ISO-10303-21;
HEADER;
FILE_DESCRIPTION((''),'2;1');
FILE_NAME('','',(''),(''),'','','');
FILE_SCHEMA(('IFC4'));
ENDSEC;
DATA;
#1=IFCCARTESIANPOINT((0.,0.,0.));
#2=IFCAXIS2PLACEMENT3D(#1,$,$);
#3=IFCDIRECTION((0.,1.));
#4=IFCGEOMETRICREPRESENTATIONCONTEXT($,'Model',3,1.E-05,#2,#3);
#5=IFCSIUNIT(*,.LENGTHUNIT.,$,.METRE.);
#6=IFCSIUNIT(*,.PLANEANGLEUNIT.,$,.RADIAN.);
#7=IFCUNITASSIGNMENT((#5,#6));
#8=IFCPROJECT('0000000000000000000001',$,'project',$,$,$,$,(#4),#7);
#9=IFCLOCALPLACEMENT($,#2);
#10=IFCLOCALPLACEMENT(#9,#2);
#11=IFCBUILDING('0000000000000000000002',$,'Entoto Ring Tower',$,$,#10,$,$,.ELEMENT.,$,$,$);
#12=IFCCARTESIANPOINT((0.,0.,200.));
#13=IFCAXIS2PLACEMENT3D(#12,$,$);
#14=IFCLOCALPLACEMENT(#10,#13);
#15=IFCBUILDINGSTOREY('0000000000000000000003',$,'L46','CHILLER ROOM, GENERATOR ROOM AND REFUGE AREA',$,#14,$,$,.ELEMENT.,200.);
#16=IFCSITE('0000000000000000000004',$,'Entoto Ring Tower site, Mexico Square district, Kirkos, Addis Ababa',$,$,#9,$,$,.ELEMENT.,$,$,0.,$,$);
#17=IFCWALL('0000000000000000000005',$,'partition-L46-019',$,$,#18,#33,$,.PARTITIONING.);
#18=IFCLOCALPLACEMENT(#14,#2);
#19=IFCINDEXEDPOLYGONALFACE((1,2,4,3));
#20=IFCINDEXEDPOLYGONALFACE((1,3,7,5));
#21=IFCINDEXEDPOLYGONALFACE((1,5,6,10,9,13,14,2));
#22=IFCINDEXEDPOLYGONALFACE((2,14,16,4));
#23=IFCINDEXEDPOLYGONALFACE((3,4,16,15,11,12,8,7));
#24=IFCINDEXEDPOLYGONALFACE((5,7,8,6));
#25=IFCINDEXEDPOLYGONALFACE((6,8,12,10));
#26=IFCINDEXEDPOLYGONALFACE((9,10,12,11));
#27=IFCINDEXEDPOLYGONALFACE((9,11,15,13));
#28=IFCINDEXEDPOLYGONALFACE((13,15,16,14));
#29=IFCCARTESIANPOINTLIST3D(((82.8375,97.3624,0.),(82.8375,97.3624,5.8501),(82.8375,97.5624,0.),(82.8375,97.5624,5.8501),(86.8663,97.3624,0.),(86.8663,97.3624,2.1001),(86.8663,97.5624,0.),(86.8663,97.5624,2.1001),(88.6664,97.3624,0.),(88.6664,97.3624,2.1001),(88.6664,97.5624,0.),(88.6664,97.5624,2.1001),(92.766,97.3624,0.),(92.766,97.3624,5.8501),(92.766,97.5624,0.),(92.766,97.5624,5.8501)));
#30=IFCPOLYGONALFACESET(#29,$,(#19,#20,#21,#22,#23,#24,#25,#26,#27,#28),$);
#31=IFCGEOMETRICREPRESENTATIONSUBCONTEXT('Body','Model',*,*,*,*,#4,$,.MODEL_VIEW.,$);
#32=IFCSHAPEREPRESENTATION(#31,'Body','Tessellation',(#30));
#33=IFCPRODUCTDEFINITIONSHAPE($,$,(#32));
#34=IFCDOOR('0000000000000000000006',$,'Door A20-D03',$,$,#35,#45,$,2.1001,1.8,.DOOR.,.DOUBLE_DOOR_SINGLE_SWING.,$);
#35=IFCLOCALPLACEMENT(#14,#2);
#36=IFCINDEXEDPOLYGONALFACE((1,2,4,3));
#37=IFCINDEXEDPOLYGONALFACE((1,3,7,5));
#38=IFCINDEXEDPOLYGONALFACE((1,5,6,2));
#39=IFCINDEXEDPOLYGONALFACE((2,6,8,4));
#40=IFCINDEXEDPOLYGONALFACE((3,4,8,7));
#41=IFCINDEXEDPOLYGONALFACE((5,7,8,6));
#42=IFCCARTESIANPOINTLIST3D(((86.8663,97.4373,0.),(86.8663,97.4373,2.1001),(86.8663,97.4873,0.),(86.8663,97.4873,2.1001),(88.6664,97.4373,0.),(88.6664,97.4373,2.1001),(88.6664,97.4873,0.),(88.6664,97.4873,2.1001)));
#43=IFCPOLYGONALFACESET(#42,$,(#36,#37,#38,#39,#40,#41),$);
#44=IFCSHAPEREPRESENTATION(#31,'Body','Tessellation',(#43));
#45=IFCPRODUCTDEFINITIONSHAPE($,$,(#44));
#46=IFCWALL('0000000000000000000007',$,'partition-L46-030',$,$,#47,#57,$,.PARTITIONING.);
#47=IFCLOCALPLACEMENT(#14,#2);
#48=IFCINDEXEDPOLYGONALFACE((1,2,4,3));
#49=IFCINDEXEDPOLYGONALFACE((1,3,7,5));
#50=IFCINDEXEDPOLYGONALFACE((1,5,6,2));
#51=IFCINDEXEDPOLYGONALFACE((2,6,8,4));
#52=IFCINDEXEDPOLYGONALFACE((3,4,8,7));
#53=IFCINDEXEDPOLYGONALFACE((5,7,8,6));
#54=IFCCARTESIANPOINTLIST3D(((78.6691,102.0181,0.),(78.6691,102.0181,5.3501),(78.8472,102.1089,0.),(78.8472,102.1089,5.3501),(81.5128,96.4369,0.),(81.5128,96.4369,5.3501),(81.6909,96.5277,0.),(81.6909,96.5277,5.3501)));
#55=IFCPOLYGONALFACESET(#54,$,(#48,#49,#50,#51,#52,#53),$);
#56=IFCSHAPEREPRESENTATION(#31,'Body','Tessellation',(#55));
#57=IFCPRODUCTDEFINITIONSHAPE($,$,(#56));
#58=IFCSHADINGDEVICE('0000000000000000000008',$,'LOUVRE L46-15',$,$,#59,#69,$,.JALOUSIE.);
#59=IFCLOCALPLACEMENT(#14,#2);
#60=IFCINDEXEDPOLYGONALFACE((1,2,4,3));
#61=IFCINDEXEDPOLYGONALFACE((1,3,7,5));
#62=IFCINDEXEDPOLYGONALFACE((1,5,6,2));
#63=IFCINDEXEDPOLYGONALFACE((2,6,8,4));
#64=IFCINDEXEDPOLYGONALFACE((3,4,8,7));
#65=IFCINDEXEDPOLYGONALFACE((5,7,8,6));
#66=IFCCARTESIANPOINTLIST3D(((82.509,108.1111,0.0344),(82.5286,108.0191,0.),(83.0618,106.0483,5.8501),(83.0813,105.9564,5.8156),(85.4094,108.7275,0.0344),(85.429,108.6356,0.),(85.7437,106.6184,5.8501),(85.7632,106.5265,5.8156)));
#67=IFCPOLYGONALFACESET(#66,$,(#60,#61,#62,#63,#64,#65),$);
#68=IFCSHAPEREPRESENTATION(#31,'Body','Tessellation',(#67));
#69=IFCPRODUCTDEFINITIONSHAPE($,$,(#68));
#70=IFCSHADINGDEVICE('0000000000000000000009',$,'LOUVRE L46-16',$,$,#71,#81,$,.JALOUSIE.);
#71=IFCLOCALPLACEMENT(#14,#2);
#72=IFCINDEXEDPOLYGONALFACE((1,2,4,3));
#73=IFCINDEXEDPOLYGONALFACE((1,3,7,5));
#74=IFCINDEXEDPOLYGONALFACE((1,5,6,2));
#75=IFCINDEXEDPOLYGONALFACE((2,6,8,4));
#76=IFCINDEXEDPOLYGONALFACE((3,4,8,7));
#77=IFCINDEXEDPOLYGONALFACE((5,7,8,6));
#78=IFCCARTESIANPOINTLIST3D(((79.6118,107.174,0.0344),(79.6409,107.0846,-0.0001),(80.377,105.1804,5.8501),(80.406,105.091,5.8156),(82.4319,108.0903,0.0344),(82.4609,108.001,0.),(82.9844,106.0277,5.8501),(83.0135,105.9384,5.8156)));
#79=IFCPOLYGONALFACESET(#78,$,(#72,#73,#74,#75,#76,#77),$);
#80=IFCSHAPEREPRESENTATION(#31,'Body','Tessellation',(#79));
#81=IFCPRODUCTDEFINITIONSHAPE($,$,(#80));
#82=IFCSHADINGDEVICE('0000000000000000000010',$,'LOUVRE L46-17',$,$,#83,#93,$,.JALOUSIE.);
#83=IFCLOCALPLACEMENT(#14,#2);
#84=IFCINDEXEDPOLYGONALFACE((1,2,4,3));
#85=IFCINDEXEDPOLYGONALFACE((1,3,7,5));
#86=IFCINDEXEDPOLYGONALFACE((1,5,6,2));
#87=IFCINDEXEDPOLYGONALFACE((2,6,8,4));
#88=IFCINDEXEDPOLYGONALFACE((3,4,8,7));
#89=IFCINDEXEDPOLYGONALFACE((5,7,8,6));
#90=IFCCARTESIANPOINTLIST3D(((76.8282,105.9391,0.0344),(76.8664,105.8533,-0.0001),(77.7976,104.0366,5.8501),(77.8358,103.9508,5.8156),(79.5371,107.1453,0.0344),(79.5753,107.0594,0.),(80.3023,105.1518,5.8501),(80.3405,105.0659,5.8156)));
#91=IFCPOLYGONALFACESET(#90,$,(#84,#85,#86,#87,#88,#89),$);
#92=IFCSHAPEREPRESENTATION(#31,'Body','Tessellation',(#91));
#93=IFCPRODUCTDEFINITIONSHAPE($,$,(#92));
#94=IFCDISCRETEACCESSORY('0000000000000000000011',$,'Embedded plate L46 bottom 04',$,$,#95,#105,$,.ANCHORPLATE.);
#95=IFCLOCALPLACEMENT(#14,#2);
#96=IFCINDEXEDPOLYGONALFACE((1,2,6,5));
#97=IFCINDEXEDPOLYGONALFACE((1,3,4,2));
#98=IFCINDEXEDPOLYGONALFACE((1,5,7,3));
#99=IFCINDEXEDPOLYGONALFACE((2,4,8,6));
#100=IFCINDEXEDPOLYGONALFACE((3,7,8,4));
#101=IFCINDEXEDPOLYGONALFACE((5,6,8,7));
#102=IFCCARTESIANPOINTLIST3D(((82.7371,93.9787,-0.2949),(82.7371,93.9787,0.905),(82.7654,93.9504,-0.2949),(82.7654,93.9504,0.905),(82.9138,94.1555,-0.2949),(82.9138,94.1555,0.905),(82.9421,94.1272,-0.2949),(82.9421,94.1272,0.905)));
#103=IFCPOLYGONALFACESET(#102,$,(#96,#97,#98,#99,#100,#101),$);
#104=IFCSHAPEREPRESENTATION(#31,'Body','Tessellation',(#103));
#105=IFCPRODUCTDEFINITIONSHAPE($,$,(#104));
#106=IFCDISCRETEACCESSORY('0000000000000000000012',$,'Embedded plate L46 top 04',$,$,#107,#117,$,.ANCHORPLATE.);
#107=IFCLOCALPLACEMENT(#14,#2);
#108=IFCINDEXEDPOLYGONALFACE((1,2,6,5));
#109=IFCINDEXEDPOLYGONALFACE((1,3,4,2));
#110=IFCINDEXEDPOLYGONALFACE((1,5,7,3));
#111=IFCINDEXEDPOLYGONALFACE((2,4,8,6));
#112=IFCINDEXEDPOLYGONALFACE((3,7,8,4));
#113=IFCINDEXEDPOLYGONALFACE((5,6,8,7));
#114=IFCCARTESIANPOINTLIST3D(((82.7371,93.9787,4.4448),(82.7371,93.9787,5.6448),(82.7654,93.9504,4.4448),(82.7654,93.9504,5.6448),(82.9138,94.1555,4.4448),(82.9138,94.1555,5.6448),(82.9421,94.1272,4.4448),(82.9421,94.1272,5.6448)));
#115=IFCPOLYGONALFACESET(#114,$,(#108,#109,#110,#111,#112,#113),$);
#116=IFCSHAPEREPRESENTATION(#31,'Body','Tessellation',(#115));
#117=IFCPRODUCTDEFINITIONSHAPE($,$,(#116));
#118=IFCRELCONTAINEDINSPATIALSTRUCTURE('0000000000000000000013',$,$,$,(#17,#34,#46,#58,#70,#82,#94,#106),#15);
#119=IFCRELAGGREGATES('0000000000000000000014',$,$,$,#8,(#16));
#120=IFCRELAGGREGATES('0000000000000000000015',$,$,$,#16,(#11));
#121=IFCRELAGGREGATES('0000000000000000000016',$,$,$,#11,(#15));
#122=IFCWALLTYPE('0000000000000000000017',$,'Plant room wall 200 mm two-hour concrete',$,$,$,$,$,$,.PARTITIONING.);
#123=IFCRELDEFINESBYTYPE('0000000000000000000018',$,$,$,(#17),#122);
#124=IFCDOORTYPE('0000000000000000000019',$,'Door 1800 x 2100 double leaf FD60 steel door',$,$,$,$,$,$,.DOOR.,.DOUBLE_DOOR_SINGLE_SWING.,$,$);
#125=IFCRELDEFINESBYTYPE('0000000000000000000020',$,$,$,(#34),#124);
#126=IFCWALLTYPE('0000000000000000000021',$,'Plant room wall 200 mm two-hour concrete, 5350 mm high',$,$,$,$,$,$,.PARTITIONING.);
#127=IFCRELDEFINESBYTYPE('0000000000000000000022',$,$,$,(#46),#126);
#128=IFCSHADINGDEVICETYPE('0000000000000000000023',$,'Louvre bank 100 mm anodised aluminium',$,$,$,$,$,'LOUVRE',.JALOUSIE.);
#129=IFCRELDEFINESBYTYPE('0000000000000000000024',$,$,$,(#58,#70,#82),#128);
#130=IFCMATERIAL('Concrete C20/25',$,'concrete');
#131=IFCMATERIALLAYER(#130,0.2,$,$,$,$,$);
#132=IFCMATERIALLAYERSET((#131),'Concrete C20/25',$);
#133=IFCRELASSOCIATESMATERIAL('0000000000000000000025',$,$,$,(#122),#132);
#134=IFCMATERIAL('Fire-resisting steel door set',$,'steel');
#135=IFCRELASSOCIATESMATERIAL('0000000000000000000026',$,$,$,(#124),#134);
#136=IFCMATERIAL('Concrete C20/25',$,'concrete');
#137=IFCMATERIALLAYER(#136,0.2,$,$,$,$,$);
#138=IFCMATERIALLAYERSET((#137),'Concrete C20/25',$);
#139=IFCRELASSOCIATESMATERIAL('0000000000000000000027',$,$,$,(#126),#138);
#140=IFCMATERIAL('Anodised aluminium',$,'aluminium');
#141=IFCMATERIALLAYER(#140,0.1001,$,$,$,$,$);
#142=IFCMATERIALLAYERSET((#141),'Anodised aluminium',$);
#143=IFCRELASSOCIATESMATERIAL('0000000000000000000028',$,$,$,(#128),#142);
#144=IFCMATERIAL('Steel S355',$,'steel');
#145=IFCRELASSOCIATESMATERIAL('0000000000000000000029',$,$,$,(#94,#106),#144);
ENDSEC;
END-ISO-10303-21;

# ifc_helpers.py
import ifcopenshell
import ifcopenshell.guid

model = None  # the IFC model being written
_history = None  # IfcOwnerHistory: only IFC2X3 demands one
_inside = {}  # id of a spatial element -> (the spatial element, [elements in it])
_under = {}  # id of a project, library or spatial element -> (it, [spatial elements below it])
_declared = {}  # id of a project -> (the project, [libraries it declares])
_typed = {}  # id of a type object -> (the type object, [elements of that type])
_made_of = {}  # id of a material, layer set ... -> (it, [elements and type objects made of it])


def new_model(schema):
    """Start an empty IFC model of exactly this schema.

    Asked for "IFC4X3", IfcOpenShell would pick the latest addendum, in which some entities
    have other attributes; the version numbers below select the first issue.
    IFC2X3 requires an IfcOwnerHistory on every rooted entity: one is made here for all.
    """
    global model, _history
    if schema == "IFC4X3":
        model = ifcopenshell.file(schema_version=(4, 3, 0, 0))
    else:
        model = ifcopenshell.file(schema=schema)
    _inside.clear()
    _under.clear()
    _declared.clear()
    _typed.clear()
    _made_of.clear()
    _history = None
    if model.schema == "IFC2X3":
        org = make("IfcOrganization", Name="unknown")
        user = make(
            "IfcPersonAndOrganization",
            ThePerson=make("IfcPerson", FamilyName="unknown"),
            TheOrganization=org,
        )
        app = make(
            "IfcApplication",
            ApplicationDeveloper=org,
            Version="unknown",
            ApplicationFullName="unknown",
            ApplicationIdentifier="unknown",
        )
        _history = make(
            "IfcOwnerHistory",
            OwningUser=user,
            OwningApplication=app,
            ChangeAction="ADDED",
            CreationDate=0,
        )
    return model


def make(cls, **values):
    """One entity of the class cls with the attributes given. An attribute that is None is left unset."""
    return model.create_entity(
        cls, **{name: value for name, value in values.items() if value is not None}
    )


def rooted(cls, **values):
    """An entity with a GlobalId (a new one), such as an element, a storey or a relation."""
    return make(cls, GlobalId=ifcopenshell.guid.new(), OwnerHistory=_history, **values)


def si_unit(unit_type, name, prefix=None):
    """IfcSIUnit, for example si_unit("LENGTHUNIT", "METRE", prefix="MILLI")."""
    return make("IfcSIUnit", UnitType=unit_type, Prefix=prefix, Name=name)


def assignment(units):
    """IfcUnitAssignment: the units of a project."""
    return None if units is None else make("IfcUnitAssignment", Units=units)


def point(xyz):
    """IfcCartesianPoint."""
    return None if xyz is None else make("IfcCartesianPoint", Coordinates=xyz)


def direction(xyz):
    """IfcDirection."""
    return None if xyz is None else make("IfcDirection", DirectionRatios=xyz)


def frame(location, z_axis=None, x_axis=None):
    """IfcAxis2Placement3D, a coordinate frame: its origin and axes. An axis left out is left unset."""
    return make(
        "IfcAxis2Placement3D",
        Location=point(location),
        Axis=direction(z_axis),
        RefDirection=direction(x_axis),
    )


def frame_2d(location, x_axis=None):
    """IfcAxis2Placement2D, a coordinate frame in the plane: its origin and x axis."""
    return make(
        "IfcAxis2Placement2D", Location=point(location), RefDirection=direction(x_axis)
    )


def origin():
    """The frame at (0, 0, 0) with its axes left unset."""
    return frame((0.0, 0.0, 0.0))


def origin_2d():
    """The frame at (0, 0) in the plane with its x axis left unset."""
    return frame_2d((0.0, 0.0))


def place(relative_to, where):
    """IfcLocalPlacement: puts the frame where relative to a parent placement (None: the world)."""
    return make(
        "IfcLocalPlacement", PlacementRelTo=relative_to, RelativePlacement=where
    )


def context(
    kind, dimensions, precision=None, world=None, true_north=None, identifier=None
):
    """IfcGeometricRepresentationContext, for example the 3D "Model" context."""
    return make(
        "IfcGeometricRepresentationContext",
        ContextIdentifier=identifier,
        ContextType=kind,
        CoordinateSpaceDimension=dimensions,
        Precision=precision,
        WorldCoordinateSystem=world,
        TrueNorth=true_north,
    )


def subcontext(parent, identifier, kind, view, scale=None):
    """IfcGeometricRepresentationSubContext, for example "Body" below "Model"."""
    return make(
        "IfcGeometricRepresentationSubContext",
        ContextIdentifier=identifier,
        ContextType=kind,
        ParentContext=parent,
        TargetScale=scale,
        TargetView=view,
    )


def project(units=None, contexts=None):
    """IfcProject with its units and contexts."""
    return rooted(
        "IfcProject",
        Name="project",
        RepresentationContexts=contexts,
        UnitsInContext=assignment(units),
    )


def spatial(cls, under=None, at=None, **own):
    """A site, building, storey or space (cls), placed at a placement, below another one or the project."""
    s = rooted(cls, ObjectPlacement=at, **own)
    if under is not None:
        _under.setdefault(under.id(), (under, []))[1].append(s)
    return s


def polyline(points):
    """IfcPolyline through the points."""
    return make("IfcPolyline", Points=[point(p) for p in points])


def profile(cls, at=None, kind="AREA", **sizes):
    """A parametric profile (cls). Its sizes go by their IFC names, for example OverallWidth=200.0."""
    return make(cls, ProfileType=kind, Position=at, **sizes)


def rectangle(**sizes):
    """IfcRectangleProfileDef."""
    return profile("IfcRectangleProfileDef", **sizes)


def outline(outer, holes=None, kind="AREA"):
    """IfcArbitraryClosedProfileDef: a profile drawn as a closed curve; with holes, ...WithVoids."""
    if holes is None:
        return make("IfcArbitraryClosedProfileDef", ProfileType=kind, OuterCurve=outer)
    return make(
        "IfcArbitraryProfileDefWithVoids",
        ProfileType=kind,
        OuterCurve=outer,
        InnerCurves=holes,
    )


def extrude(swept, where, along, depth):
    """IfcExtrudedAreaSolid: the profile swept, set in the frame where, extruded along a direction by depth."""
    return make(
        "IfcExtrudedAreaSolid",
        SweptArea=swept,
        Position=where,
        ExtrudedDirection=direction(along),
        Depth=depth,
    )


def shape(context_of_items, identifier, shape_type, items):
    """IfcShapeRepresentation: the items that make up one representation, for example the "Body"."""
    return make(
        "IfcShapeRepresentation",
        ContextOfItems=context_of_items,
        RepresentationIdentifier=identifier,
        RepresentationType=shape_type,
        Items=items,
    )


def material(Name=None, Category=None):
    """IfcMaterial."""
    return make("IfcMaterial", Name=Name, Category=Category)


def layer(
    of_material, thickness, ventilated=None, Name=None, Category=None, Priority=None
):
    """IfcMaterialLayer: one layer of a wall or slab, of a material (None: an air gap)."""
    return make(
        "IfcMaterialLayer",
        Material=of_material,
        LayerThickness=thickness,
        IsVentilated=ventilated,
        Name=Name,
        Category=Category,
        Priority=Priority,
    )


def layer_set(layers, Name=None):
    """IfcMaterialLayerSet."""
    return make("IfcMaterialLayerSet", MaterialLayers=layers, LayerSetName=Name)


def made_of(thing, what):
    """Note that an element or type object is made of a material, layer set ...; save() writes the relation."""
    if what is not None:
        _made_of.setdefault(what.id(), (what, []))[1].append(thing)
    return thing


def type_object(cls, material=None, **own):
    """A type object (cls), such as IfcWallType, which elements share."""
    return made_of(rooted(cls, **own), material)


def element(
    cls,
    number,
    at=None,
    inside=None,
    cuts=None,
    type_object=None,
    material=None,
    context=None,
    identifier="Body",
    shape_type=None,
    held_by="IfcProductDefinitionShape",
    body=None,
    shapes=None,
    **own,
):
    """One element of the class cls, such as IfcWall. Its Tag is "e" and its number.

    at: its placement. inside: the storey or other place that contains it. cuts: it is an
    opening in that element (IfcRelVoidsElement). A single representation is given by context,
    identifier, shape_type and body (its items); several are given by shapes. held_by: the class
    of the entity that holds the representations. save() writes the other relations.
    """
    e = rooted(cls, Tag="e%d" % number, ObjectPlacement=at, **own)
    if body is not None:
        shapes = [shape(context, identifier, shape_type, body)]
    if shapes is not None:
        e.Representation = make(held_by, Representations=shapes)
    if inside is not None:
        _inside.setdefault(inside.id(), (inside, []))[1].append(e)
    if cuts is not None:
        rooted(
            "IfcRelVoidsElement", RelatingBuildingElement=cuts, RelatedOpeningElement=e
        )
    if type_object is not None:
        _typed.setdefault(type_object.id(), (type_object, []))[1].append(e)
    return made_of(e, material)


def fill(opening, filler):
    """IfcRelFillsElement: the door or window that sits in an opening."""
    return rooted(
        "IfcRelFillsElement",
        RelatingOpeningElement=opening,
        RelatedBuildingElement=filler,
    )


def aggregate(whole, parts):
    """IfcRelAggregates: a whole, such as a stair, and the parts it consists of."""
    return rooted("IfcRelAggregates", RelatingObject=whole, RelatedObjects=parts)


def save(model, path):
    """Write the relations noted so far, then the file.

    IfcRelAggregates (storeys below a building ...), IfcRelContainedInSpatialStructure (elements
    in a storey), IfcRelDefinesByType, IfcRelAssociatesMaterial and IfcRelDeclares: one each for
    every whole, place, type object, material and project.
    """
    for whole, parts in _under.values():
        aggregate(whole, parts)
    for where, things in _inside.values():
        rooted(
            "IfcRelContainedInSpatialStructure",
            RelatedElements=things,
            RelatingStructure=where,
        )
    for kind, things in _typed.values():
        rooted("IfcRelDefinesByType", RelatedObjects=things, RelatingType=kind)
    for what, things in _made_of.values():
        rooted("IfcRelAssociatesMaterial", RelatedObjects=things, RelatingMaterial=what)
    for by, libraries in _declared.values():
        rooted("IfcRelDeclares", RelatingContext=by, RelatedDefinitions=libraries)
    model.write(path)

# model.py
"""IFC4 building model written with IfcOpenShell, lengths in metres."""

from ifc_helpers import new_model, si_unit, direction, frame, frame_2d, origin, origin_2d, place, context, subcontext, project, spatial, polyline, rectangle, outline, extrude, material, layer, layer_set, type_object, element, fill, save


model = new_model("IFC4")

# Units and contexts
model_context = context("Model", 3, precision=1e-05, world=origin(), true_north=direction((0.0, 1.0)))
body_context = subcontext(model_context, "Body", "Model", "MODEL_VIEW")
ifc_project = project(units=[si_unit("LENGTHUNIT", "METRE"), si_unit("PLANEANGLEUNIT", "RADIAN")], contexts=[model_context])

# Site, building, storey
site_placement = place(None, origin())
site = spatial("IfcSite", under=ifc_project, at=site_placement, Name="Entoto Ring Tower site, Mexico Square district, Kirkos, Addis Ababa", CompositionType="ELEMENT", RefElevation=0.0)
building_placement = place(site_placement, origin())
building = spatial("IfcBuilding", under=site, at=building_placement, Name="Entoto Ring Tower", CompositionType="ELEMENT")
storey_placement = place(building_placement, frame((0.0, 0.0, 200.0)))
storey = spatial("IfcBuildingStorey", under=building, at=storey_placement, Name="L46", Description="CHILLER ROOM, GENERATOR ROOM AND REFUGE AREA", CompositionType="ELEMENT", Elevation=200.0)

# Shared definitions
ifc_material_1 = material(Name="Concrete C20/25", Category="concrete")
ifc_layer_1 = layer(ifc_material_1, 0.2)
ifc_layer_set_1 = layer_set([ifc_layer_1], Name="Concrete C20/25")
wall_type_1 = type_object("IfcWallType", Name="Plant room wall 200 mm two-hour concrete", PredefinedType="PARTITIONING", material=ifc_layer_set_1)

# Wall, opening, door
wall_1_placement = place(storey_placement, frame((82.8374, 97.4624, 0.0), z_axis=(0.0, 0.0, 1.0), x_axis=(1.0, 0.0, 0.0)))
wall_1 = element("IfcWall", 1, at=wall_1_placement, inside=storey, type_object=wall_type_1, Name="partition-L46-019", PredefinedType="PARTITIONING", context=body_context, shape_type="SweptSolid", body=[
    extrude(rectangle(XDim=9.9285, YDim=0.2, at=frame_2d((4.9644, 0.0))), origin(), (0.0, 0.0, 1.0), 5.8501),
])
opening_placement = place(wall_1_placement, frame((4.0291, 0.0, 0.0)))
opening = element("IfcOpeningElement", 2, at=opening_placement, cuts=wall_1, PredefinedType="OPENING", context=body_context, shape_type="SweptSolid", body=[
    extrude(rectangle(XDim=1.8, YDim=2.1001, at=frame_2d((0.8999, 1.05))), frame((0.0, 0.1099, 0.0), z_axis=(0.0, -1.0, 0.0), x_axis=(1.0, 0.0, 0.0)), (0.0, 0.0, 1.0), 0.22),
])
ifc_material_2 = material(Name="Fire-resisting steel door set", Category="steel")
door_type = type_object("IfcDoorType", Name="Door 1800 x 2100 double leaf FD60 steel door", OperationType="DOUBLE_DOOR_SINGLE_SWING", PredefinedType="DOOR", material=ifc_material_2)
door_placement = place(opening_placement, origin())
door = element("IfcDoor", 3, at=door_placement, inside=storey, type_object=door_type, Name="Door A20-D03", OperationType="DOUBLE_DOOR_SINGLE_SWING", OverallHeight=2.1001, OverallWidth=1.8, PredefinedType="DOOR", context=body_context, shape_type="SweptSolid", body=[
    extrude(rectangle(XDim=1.8, YDim=2.1001, at=frame_2d((0.8999, 1.05))), frame((0.0, 0.0249, 0.0), z_axis=(0.0, -1.0, 0.0), x_axis=(1.0, 0.0, 0.0)), (0.0, 0.0, 1.0), 0.05),
])
fill(opening, door)

# Wall
ifc_material_3 = material(Name="Concrete C20/25", Category="concrete")
ifc_layer_2 = layer(ifc_material_3, 0.2)
ifc_layer_set_2 = layer_set([ifc_layer_2], Name="Concrete C20/25")
wall_type_2 = type_object("IfcWallType", Name="Plant room wall 200 mm two-hour concrete, 5350 mm high", PredefinedType="PARTITIONING", material=ifc_layer_set_2)
wall_2_placement = place(storey_placement, frame((81.6018, 96.4824, 0.0), z_axis=(0.0, 0.0, 1.0), x_axis=(-0.453982, 0.891011, 0.0)))
element("IfcWall", 4, at=wall_2_placement, inside=storey, type_object=wall_type_2, Name="partition-L46-030", PredefinedType="PARTITIONING", context=body_context, shape_type="SweptSolid", body=[
    extrude(rectangle(XDim=6.2639, YDim=0.2, at=frame_2d((3.1318, 0.0))), origin(), (0.0, 0.0, 1.0), 5.3501),
])

# Shading devices
ifc_material_4 = material(Name="Anodised aluminium", Category="aluminium")
ifc_layer_3 = layer(ifc_material_4, 0.1001)
ifc_layer_set_3 = layer_set([ifc_layer_3], Name="Anodised aluminium")
shading_device_type = type_object("IfcShadingDeviceType", Name="Louvre bank 100 mm anodised aluminium", ElementType="LOUVRE", PredefinedType="JALOUSIE", material=ifc_layer_set_3)
shading_device_1_placement = place(storey_placement, frame((85.4094, 108.7275, 0.0344), z_axis=(-0.195198, 0.918353, 0.344275), x_axis=(-0.978149, -0.207906, -0.000003)))
element("IfcShadingDevice", 5, at=shading_device_1_placement, inside=storey, type_object=shading_device_type, Name="LOUVRE L46-15", PredefinedType="JALOUSIE", context=body_context, shape_type="SweptSolid", body=[
    extrude(outline(polyline([(0.0, 0.0), (2.9652, 0.0), (2.8534, 6.1944), (0.1116, 6.1943), (0.0, 0.0)])), origin(), (0.0, 0.0, -1.0), 0.1001),
])
shading_device_2_placement = place(storey_placement, frame((82.4319, 108.0903, 0.0344), z_axis=(-0.290155, 0.892917, 0.344253), x_axis=(-0.951049, -0.30904, -0.000013)))
element("IfcShadingDevice", 6, at=shading_device_2_placement, inside=storey, type_object=shading_device_type, Name="LOUVRE L46-16", PredefinedType="JALOUSIE", context=body_context, shape_type="SweptSolid", body=[
    extrude(outline(polyline([(0.0, 0.0), (2.9652, 0.0), (2.8535, 6.1943), (0.1119, 6.1942), (0.0, 0.0)])), origin(), (0.0, 0.0, -1.0), 0.1001),
])
shading_device_3_placement = place(storey_placement, frame((79.5371, 107.1453, 0.0344), z_axis=(-0.381881, 0.857707, 0.344246), x_axis=(-0.913544, -0.406739, -0.000008)))
element("IfcShadingDevice", 7, at=shading_device_3_placement, inside=storey, type_object=shading_device_type, Name="LOUVRE L46-17", PredefinedType="JALOUSIE", context=body_context, shape_type="SweptSolid", body=[
    extrude(outline(polyline([(0.0, 0.0), (2.9653, 0.0), (2.8535, 6.1943), (0.1118, 6.1942), (0.0, 0.0)])), origin(), (0.0, 0.0, -1.0), 0.1001),
])

# Discrete accessories
ifc_material_5 = material(Name="Steel S355", Category="steel")
for number, where, z_axis, x_axis, name in (
    (8, (82.8396, 94.053, -0.2949), (0.0, 0.0, 1.0), (-0.707107, 0.707107, 0.0), "Embedded plate L46 bottom 04"),
    (9, (82.8396, 94.053, 4.4448), (0.0, 0.0, 1.0), (-0.707107, 0.707107, 0.0), "Embedded plate L46 top 04"),
):
    element("IfcDiscreteAccessory", number, at=place(storey_placement, frame(where, z_axis=z_axis, x_axis=x_axis)), inside=storey, material=ifc_material_5, Name=name, PredefinedType="ANCHORPLATE", context=body_context, shape_type="SweptSolid", body=[
        extrude(rectangle(XDim=0.04, YDim=0.25, at=origin_2d()), origin(), (0.0, 0.0, 1.0), 1.2),
    ])

save(model, "model.ifc")
